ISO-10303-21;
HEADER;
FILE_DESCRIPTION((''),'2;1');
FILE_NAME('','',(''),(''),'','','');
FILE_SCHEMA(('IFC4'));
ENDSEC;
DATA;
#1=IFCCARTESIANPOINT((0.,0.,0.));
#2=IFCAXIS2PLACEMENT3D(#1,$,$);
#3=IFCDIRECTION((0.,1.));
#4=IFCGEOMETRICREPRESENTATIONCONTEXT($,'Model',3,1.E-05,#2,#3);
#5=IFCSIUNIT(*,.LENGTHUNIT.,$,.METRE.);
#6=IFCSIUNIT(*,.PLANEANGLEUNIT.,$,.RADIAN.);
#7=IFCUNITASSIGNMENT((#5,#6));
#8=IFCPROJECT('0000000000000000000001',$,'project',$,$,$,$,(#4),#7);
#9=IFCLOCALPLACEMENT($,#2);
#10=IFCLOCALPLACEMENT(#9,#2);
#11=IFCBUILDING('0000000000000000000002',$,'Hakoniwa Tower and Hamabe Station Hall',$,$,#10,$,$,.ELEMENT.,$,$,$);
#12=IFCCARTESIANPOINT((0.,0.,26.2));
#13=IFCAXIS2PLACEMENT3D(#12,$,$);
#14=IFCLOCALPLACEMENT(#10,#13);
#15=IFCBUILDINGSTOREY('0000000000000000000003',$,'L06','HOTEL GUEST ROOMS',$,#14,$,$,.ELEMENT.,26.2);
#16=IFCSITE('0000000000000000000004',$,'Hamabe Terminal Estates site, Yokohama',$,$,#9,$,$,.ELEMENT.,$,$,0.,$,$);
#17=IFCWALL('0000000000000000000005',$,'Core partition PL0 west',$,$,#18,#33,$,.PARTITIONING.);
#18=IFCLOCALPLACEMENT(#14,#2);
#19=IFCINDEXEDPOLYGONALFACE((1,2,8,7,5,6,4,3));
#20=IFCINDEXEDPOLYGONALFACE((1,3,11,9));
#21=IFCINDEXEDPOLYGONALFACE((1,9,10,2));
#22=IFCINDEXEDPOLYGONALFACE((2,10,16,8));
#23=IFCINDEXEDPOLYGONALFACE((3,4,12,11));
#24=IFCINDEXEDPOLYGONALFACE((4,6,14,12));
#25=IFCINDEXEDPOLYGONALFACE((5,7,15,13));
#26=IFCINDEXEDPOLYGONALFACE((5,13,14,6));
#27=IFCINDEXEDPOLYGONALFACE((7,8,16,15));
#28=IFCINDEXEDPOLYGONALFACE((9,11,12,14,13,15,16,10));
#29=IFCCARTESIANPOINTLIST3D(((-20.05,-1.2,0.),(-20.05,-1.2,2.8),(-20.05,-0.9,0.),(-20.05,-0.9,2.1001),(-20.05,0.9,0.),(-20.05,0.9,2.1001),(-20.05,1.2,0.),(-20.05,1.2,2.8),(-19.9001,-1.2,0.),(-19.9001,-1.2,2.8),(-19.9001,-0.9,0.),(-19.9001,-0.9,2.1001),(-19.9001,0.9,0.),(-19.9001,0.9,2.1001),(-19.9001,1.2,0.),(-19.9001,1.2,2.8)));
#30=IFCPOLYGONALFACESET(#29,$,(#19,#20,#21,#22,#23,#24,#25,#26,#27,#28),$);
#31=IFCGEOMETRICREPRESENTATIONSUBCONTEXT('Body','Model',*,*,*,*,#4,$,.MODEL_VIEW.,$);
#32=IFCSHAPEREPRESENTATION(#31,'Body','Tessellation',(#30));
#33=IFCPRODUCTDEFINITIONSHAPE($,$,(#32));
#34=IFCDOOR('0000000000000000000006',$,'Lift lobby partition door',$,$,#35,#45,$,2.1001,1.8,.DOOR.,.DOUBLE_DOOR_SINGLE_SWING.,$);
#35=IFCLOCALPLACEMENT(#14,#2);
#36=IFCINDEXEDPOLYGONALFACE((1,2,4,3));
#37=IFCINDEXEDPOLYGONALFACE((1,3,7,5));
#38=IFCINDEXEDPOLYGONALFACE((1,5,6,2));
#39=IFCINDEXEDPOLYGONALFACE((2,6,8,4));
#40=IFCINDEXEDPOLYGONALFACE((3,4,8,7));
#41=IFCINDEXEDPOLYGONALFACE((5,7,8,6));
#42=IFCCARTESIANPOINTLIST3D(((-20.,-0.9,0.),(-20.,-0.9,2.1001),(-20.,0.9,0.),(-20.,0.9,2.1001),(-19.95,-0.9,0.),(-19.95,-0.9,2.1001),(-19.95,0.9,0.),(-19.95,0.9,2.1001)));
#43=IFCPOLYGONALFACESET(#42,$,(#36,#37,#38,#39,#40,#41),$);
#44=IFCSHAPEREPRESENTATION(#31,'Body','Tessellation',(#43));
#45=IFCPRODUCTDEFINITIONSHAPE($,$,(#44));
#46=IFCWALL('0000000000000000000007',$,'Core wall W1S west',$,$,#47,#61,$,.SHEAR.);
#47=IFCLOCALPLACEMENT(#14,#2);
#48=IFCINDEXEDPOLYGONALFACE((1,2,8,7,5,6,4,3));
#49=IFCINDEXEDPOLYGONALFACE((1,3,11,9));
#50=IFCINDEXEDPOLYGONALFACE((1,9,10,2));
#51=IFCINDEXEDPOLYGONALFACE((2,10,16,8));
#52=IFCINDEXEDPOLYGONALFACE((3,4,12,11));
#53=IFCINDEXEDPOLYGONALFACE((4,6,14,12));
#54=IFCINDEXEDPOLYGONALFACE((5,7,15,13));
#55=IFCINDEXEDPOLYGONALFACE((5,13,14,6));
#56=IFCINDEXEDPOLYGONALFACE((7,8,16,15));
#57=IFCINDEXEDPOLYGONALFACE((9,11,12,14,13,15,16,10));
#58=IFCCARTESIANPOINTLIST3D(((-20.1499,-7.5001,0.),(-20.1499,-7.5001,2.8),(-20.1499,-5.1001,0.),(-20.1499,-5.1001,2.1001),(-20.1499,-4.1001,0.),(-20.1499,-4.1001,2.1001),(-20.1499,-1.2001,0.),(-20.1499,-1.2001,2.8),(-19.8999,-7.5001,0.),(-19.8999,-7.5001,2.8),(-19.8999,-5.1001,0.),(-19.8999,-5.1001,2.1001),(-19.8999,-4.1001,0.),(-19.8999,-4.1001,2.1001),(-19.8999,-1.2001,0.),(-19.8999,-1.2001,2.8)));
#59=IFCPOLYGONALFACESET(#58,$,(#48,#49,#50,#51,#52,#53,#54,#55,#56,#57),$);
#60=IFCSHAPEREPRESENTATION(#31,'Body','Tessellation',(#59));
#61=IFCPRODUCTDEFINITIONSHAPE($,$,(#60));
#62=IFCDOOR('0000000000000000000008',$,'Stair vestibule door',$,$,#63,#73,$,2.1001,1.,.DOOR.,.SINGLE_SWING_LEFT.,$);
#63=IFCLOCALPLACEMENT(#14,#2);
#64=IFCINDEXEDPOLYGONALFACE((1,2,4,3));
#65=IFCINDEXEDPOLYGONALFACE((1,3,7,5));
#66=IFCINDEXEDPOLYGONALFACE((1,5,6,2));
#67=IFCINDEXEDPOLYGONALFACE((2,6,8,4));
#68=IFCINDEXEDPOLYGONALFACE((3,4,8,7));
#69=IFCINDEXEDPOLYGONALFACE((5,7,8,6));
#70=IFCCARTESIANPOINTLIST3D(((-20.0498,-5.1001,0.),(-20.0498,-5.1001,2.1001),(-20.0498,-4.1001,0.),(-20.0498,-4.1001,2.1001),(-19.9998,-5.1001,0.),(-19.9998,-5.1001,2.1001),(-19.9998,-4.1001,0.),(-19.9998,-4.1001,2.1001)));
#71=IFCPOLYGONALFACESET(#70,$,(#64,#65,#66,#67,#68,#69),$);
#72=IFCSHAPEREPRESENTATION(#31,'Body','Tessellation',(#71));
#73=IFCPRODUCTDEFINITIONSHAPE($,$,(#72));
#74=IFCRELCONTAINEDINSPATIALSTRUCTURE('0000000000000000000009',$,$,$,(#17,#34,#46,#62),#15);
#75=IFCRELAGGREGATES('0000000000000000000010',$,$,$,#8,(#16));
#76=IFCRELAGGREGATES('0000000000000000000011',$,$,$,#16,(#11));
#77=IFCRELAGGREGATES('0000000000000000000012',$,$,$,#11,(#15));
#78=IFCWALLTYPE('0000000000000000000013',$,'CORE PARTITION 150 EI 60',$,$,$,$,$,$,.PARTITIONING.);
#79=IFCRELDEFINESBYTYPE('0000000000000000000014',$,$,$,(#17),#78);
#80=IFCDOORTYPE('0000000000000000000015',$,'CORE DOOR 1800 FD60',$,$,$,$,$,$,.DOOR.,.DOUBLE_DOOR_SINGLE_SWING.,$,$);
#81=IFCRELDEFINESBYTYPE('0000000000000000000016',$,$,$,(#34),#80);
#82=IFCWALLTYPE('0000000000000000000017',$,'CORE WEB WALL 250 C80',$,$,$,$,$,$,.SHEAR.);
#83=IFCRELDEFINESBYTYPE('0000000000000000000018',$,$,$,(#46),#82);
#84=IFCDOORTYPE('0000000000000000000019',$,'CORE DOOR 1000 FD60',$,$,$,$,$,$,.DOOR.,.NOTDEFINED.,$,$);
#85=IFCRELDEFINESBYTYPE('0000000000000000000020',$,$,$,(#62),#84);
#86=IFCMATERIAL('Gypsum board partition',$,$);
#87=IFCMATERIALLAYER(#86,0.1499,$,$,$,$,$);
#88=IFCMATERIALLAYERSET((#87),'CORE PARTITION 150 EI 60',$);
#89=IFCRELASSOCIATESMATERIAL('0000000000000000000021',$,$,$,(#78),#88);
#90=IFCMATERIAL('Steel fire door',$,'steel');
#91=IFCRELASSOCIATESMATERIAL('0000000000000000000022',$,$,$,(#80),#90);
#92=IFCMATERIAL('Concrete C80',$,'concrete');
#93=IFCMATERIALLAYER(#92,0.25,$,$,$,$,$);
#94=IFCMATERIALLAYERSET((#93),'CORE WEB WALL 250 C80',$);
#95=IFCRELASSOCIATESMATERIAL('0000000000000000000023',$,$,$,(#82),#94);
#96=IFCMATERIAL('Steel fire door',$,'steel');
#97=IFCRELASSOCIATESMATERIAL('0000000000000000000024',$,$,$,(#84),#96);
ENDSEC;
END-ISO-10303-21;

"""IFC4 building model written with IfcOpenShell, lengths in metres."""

from ifc_helpers import new_model, si_unit, direction, frame, frame_2d, origin, place, context, subcontext, project, spatial, rectangle, extrude, material, layer, layer_set, type_object, element, fill, save


model = new_model("IFC4")

# Units and contexts
model_context = context("Model", 3, precision=1e-05, world=origin(), true_north=direction((0.0, 1.0)))
body_context = subcontext(model_context, "Body", "Model", "MODEL_VIEW")
ifc_project = project(units=[si_unit("LENGTHUNIT", "METRE"), si_unit("PLANEANGLEUNIT", "RADIAN")], contexts=[model_context])

# Site, building, storey
site_placement = place(None, origin())
site = spatial("IfcSite", under=ifc_project, at=site_placement, Name="Hamabe Terminal Estates site, Yokohama", CompositionType="ELEMENT", RefElevation=0.0)
building_placement = place(site_placement, origin())
building = spatial("IfcBuilding", under=site, at=building_placement, Name="Hakoniwa Tower and Hamabe Station Hall", CompositionType="ELEMENT")
storey_placement = place(building_placement, frame((0.0, 0.0, 26.2)))
storey = spatial("IfcBuildingStorey", under=building, at=storey_placement, Name="L06", Description="HOTEL GUEST ROOMS", CompositionType="ELEMENT", Elevation=26.2)

# Walls, openings, doors
ifc_material_1 = material(Name="Gypsum board partition")
ifc_layer_1 = layer(ifc_material_1, 0.1499)
ifc_layer_set_1 = layer_set([ifc_layer_1], Name="CORE PARTITION 150 EI 60")
wall_type_1 = type_object("IfcWallType", Name="CORE PARTITION 150 EI 60", PredefinedType="PARTITIONING", material=ifc_layer_set_1)
wall_1_placement = place(storey_placement, frame((-19.9751, -1.2, 0.0), z_axis=(0.0, 0.0, 1.0), x_axis=(0.0, 1.0, 0.0)))
wall_1 = element("IfcWall", 1, at=wall_1_placement, inside=storey, type_object=wall_type_1, Name="Core partition PL0 west", PredefinedType="PARTITIONING", context=body_context, shape_type="SweptSolid", body=[
    extrude(rectangle(XDim=2.3999, YDim=0.1499, at=frame_2d((1.2, 0.0))), origin(), (0.0, 0.0, 1.0), 2.8),
])
opening_1_placement = place(wall_1_placement, frame((0.3, 0.0, 0.0)))
opening_1 = element("IfcOpeningElement", 2, at=opening_1_placement, cuts=wall_1, PredefinedType="OPENING", context=body_context, shape_type="SweptSolid", body=[
    extrude(rectangle(XDim=1.8, YDim=2.1001, at=frame_2d((0.8999, 1.05))), frame((0.0, 0.085, 0.0), z_axis=(0.0, -1.0, 0.0), x_axis=(1.0, 0.0, 0.0)), (0.0, 0.0, 1.0), 0.1699),
])
ifc_material_2 = material(Name="Steel fire door", Category="steel")
door_type_1 = type_object("IfcDoorType", Name="CORE DOOR 1800 FD60", OperationType="DOUBLE_DOOR_SINGLE_SWING", PredefinedType="DOOR", material=ifc_material_2)
door_1_placement = place(opening_1_placement, origin())
door_1 = element("IfcDoor", 3, at=door_1_placement, inside=storey, type_object=door_type_1, Name="Lift lobby partition door", OperationType="DOUBLE_DOOR_SINGLE_SWING", OverallHeight=2.1001, OverallWidth=1.8, PredefinedType="DOOR", context=body_context, shape_type="SweptSolid", body=[
    extrude(rectangle(XDim=1.8, YDim=2.1001, at=frame_2d((0.8999, 1.05))), frame((0.0, 0.0249, 0.0), z_axis=(0.0, -1.0, 0.0), x_axis=(1.0, 0.0, 0.0)), (0.0, 0.0, 1.0), 0.05),
])
fill(opening_1, door_1)
ifc_material_3 = material(Name="Concrete C80", Category="concrete")
ifc_layer_2 = layer(ifc_material_3, 0.25)
ifc_layer_set_2 = layer_set([ifc_layer_2], Name="CORE WEB WALL 250 C80")
wall_type_2 = type_object("IfcWallType", Name="CORE WEB WALL 250 C80", PredefinedType="SHEAR", material=ifc_layer_set_2)
wall_2_placement = place(storey_placement, frame((-20.0249, -7.5, 0.0), z_axis=(0.0, 0.0, 1.0), x_axis=(0.0, 1.0, 0.0)))
wall_2 = element("IfcWall", 4, at=wall_2_placement, inside=storey, type_object=wall_type_2, Name="Core wall W1S west", PredefinedType="SHEAR", context=body_context, shape_type="SweptSolid", body=[
    extrude(rectangle(XDim=6.3, YDim=0.25, at=frame_2d((3.1499, 0.0))), origin(), (0.0, 0.0, 1.0), 2.8),
])
opening_2_placement = place(wall_2_placement, frame((2.3999, 0.0, 0.0)))
opening_2 = element("IfcOpeningElement", 5, at=opening_2_placement, cuts=wall_2, PredefinedType="OPENING", context=body_context, shape_type="SweptSolid", body=[
    extrude(rectangle(XDim=1.0, YDim=2.1001, at=frame_2d((0.5, 1.05))), frame((0.0, 0.135, 0.0), z_axis=(0.0, -1.0, 0.0), x_axis=(1.0, 0.0, 0.0)), (0.0, 0.0, 1.0), 0.27),
])
ifc_material_4 = material(Name="Steel fire door", Category="steel")
door_type_2 = type_object("IfcDoorType", Name="CORE DOOR 1000 FD60", OperationType="NOTDEFINED", PredefinedType="DOOR", material=ifc_material_4)
door_2_placement = place(opening_2_placement, origin())
door_2 = element("IfcDoor", 6, at=door_2_placement, inside=storey, type_object=door_type_2, Name="Stair vestibule door", OperationType="SINGLE_SWING_LEFT", OverallHeight=2.1001, OverallWidth=1.0, PredefinedType="DOOR", context=body_context, shape_type="SweptSolid", body=[
    extrude(rectangle(XDim=1.0, YDim=2.1001, at=frame_2d((0.5, 1.05))), frame((0.0, 0.0249, 0.0), z_axis=(0.0, -1.0, 0.0), x_axis=(1.0, 0.0, 0.0)), (0.0, 0.0, 1.0), 0.05),
])
fill(opening_2, door_2)

save(model, "model.ifc")
